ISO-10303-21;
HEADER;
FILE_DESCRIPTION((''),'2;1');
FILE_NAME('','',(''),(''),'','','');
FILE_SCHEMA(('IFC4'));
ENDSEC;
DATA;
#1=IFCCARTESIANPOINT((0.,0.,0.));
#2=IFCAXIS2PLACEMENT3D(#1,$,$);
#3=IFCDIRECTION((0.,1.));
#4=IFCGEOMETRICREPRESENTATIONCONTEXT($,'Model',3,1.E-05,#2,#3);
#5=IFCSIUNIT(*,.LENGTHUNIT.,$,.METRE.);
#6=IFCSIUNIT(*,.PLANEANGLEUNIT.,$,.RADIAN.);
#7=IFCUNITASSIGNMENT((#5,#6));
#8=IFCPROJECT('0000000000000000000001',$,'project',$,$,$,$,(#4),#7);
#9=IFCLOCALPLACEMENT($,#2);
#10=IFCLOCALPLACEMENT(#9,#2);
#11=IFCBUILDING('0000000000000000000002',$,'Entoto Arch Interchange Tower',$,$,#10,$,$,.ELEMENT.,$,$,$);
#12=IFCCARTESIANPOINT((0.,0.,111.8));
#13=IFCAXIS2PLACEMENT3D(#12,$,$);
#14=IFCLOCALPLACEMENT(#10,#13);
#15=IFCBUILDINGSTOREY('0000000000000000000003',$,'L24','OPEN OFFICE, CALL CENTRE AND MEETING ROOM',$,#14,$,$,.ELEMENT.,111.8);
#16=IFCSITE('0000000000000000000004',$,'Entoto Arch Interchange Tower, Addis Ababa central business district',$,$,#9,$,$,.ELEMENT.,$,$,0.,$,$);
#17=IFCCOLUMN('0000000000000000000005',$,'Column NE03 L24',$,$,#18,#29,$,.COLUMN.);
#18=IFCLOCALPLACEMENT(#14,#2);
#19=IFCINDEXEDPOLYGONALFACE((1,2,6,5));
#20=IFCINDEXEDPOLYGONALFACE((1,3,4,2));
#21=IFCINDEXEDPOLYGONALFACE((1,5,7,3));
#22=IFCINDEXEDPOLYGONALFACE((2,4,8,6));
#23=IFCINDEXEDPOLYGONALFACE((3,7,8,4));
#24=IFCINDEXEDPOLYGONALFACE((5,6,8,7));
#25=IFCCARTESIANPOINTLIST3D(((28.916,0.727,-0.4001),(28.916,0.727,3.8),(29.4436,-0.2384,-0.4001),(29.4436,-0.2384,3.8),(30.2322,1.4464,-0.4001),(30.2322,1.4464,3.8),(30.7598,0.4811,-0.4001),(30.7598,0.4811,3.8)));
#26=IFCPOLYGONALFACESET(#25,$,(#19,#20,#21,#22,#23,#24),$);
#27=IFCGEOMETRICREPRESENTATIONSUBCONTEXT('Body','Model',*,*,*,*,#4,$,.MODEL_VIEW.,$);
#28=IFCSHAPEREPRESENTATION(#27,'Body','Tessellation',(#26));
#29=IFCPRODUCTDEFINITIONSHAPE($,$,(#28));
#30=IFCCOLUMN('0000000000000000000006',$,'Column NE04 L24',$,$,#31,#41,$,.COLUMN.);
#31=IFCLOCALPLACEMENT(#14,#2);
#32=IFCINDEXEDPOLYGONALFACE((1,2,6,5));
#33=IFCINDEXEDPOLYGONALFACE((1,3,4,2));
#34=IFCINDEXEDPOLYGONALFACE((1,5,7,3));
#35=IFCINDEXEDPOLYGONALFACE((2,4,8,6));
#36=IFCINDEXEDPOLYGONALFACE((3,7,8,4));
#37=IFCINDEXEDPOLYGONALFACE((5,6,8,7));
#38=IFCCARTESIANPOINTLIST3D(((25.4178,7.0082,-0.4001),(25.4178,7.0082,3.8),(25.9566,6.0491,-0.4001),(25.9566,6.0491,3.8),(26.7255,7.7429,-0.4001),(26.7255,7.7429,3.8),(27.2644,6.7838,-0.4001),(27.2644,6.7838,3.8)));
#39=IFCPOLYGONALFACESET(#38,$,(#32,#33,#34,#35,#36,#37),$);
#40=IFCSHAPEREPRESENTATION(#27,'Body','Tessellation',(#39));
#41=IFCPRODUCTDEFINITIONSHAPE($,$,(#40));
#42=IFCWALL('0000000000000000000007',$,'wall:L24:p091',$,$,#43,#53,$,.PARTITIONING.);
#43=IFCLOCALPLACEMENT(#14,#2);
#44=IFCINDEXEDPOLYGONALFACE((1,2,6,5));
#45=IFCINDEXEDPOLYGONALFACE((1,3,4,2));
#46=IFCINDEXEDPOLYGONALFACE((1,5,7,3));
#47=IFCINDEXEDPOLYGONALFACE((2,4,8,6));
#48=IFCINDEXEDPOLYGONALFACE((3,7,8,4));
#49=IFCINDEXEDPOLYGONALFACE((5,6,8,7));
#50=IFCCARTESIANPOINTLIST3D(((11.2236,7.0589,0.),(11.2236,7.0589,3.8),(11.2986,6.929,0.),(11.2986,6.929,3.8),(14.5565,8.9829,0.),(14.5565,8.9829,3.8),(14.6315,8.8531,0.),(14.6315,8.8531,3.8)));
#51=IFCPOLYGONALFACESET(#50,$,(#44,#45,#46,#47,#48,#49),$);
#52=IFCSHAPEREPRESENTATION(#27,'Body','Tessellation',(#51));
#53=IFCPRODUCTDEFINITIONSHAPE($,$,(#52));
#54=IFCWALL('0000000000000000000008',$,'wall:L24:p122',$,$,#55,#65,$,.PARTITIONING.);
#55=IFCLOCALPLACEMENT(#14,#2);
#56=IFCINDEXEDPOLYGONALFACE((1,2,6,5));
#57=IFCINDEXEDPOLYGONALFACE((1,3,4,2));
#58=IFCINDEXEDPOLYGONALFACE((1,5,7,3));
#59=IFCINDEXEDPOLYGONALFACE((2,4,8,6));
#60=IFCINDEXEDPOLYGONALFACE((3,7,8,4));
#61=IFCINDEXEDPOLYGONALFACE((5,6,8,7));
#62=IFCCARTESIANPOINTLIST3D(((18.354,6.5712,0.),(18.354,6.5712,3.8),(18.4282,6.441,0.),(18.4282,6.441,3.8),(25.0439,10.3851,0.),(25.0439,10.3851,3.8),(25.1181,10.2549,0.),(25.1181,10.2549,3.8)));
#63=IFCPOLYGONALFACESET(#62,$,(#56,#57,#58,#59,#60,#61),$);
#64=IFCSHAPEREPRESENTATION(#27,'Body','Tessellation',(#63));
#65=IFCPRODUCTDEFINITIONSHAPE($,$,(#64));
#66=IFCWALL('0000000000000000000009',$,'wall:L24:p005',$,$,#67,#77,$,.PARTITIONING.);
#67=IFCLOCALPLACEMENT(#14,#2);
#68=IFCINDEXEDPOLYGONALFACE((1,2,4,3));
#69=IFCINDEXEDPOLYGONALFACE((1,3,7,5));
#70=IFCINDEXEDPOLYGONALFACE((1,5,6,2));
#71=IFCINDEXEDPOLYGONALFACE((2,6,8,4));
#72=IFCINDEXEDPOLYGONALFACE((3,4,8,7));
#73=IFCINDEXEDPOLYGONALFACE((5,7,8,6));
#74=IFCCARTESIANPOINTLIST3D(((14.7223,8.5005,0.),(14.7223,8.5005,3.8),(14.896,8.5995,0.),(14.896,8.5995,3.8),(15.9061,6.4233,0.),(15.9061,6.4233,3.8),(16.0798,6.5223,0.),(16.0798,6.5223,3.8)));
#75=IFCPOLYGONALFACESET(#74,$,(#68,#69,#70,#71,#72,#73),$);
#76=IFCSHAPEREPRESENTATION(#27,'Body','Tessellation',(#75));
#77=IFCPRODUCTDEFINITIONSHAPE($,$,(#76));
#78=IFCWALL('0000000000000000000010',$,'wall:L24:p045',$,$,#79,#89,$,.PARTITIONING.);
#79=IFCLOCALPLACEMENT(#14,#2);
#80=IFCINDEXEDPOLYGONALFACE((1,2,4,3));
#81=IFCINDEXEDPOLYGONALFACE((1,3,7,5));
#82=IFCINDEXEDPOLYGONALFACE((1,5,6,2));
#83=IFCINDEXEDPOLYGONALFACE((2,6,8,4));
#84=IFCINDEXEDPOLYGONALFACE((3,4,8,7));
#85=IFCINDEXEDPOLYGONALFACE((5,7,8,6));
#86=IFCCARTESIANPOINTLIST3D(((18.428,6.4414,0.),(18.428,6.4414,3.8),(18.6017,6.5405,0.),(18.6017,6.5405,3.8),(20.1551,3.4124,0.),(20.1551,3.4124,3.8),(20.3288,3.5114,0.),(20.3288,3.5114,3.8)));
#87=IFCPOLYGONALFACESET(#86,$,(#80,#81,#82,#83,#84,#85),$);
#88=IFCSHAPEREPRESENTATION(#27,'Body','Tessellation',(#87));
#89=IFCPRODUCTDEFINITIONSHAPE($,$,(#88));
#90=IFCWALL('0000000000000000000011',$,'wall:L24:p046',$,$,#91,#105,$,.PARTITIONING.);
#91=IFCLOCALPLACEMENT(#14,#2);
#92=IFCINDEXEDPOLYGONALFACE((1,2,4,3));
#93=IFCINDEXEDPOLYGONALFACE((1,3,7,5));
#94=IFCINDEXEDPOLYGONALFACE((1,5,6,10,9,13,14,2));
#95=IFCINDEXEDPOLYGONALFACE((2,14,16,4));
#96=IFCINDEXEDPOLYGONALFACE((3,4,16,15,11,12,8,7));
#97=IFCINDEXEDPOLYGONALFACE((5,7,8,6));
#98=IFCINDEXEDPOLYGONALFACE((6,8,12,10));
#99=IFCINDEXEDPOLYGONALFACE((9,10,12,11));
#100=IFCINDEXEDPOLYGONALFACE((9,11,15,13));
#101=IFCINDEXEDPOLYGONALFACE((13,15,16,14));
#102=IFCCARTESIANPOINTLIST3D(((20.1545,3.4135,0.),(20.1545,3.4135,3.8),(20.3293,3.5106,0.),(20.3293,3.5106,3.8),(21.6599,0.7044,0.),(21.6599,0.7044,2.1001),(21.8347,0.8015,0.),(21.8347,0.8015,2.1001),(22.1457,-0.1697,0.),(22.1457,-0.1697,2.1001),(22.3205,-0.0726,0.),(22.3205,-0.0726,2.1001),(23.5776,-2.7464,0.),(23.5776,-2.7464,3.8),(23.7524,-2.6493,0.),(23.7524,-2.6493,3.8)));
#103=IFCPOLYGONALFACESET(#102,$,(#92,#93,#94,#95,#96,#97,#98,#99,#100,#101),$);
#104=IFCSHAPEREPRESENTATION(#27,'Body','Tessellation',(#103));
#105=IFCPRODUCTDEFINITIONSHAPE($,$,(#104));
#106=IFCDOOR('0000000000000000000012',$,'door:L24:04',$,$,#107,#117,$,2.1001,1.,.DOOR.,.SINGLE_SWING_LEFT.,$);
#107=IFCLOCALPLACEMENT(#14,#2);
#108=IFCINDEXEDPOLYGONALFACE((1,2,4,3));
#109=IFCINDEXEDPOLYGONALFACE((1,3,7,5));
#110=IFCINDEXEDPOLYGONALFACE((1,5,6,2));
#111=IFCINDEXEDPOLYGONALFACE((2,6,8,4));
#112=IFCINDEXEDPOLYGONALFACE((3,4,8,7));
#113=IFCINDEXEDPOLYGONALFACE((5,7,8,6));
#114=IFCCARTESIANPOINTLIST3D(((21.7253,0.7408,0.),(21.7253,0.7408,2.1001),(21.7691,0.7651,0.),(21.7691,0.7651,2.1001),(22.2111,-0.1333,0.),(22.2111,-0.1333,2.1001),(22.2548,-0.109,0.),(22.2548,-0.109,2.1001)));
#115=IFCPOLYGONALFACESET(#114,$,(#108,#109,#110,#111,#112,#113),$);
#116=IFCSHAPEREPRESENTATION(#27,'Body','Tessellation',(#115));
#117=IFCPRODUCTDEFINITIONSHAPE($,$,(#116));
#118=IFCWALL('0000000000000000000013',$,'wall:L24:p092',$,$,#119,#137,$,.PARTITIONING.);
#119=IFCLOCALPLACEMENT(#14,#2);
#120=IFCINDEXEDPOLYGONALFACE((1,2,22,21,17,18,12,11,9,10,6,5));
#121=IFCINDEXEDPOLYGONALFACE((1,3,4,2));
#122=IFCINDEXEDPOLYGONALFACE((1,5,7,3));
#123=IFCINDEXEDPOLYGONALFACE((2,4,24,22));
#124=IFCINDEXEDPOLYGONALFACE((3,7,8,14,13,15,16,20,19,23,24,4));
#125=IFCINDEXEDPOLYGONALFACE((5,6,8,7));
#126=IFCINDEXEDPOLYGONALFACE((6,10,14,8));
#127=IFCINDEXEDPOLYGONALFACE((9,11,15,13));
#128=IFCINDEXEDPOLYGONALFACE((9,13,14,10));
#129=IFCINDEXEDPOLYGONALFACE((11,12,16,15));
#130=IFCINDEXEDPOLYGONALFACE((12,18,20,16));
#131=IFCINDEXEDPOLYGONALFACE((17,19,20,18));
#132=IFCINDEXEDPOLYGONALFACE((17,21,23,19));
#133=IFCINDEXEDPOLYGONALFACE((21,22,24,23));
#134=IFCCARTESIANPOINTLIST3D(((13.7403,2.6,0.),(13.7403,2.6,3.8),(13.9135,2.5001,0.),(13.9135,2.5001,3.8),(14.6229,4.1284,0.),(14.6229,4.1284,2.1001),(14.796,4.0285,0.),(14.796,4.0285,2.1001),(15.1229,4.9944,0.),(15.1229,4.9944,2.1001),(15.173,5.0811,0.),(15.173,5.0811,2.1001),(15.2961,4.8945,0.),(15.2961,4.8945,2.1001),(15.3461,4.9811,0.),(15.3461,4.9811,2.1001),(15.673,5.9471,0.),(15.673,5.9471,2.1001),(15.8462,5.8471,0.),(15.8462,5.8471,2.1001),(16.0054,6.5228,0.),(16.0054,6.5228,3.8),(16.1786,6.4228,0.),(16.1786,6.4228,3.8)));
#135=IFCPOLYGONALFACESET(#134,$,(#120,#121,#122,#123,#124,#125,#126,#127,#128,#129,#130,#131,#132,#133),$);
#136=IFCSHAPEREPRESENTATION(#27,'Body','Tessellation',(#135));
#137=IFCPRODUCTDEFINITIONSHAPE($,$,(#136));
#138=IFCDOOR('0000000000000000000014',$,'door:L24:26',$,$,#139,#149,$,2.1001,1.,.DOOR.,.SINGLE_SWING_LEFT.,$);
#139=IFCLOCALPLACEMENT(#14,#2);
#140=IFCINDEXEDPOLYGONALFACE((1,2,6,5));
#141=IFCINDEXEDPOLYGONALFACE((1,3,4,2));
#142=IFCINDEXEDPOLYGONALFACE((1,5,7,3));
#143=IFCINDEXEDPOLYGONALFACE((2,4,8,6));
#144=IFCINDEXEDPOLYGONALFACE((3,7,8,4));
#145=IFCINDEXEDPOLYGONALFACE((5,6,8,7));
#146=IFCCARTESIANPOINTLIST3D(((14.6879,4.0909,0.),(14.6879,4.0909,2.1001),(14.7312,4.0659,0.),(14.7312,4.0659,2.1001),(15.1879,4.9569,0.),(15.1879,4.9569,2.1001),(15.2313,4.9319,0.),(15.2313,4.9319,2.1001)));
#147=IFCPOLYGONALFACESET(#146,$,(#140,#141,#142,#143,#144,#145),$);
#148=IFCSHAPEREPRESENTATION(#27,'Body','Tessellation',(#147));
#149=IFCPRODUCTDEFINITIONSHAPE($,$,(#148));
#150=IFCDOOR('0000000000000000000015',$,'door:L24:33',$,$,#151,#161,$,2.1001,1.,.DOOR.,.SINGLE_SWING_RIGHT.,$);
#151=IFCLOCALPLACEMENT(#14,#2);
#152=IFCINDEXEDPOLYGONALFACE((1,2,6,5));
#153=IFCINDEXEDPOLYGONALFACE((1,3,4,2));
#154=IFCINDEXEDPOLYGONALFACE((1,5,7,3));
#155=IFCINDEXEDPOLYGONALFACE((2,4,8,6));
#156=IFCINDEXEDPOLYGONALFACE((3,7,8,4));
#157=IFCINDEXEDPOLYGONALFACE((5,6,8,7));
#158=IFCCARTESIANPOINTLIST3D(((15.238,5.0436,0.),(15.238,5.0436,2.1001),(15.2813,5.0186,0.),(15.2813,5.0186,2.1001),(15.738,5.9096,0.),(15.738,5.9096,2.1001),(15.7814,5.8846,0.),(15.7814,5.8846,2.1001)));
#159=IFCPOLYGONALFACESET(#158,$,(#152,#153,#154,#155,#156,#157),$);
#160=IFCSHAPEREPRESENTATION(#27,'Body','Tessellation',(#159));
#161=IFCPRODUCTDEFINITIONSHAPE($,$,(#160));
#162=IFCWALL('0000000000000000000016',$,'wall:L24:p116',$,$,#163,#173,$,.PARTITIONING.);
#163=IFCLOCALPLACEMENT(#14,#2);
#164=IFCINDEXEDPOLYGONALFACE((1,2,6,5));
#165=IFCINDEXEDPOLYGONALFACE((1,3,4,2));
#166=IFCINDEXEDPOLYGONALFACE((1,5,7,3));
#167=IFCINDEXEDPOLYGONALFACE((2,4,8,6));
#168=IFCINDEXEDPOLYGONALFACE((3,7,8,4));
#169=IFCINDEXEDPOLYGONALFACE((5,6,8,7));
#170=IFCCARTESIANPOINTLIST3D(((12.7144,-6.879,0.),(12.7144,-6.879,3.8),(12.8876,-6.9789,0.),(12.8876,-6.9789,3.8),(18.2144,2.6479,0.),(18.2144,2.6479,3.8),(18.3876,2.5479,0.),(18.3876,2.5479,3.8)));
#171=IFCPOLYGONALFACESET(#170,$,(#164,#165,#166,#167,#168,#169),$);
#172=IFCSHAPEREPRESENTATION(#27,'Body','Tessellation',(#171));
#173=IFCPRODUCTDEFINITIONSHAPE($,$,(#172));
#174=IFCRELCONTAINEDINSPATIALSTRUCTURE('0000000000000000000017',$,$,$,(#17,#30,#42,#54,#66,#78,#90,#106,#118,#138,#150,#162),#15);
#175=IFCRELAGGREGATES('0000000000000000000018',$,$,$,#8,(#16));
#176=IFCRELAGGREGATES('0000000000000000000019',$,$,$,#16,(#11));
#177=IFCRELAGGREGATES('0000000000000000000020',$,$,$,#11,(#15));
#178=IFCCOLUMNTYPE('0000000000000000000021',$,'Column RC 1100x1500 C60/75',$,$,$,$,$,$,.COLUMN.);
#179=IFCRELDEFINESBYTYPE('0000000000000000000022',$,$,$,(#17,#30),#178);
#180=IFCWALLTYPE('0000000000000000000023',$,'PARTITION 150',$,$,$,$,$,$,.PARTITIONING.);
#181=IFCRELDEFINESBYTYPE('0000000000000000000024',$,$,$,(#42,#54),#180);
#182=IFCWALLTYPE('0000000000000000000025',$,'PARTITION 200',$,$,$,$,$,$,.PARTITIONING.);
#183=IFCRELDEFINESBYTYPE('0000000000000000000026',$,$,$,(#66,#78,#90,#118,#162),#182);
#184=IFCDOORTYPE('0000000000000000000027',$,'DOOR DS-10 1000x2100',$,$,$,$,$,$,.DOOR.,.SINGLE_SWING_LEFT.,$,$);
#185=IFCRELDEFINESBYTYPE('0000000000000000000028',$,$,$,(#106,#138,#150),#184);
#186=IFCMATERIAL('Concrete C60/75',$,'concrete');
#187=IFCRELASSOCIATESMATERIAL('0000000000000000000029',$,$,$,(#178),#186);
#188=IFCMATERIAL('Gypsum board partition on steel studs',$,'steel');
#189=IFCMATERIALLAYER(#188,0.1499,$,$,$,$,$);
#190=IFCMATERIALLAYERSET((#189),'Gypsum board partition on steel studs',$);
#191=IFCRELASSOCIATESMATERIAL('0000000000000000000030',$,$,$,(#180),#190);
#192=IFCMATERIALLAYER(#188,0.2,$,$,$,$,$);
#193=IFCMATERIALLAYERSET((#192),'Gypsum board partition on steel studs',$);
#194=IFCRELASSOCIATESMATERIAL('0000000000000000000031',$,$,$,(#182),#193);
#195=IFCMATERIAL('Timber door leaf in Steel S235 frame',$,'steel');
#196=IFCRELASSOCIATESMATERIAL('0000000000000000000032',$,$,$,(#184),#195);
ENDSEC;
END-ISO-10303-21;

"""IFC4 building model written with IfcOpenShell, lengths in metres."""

from ifc_helpers import new_model, si_unit, direction, frame, frame_2d, origin, origin_2d, place, context, subcontext, project, spatial, rectangle, extrude, material, layer, layer_set, material_profile, profile_set, type_object, element, fill, save


model = new_model("IFC4")

# Units and contexts
model_context = context("Model", 3, precision=1e-05, world=origin(), true_north=direction((0.0, 1.0)))
body_context = subcontext(model_context, "Body", "Model", "MODEL_VIEW")
ifc_project = project(units=[si_unit("LENGTHUNIT", "METRE"), si_unit("PLANEANGLEUNIT", "RADIAN")], contexts=[model_context])

# Site, building, storey
site_placement = place(None, origin())
site = spatial("IfcSite", under=ifc_project, at=site_placement, Name="Entoto Arch Interchange Tower, Addis Ababa central business district", CompositionType="ELEMENT", RefElevation=0.0)
building_placement = place(site_placement, origin())
building = spatial("IfcBuilding", under=site, at=building_placement, Name="Entoto Arch Interchange Tower", CompositionType="ELEMENT")
storey_placement = place(building_placement, frame((0.0, 0.0, 111.8)))
storey = spatial("IfcBuildingStorey", under=building, at=storey_placement, Name="L24", Description="OPEN OFFICE, CALL CENTRE AND MEETING ROOM", CompositionType="ELEMENT", Elevation=111.8)

# Columns
ifc_material_1 = material(Name="Concrete C60/75", Category="concrete")
ifc_material_profile = material_profile(ifc_material_1, rectangle(XDim=1.1001, YDim=1.5, at=origin_2d()))
ifc_profile_set = profile_set([ifc_material_profile], Name="Concrete C60/75")
column_type = type_object("IfcColumnType", Name="Column RC 1100x1500 C60/75", PredefinedType="COLUMN", material=ifc_profile_set)
for number, where, z_axis, x_axis, name in (
    (1, (29.8379, 0.604, -0.4001), (0.0, 0.0, 1.0), (-0.479611, 0.877481, 0.0), "Column NE03 L24"),
    (2, (26.3411, 6.896, -0.4001), (0.0, 0.0, 1.0), (-0.489839, 0.871813, 0.0), "Column NE04 L24"),
):
    element("IfcColumn", number, at=place(storey_placement, frame(where, z_axis=z_axis, x_axis=x_axis)), inside=storey, type_object=column_type, Name=name, PredefinedType="COLUMN", context=body_context, shape_type="SweptSolid", body=[
        extrude(rectangle(XDim=1.1001, YDim=1.5, at=origin_2d()), origin(), (0.0, 0.0, 1.0), 4.2002),
    ])

# Walls
ifc_material_2 = material(Name="Gypsum board partition on steel studs", Category="steel")
ifc_layer_1 = layer(ifc_material_2, 0.1499)
ifc_layer_set_1 = layer_set([ifc_layer_1], Name="Gypsum board partition on steel studs")
wall_type_1 = type_object("IfcWallType", Name="PARTITION 150", PredefinedType="PARTITIONING", material=ifc_layer_set_1)
wall_1_placement = place(storey_placement, frame((11.261, 6.9939, 0.0), z_axis=(0.0, 0.0, 1.0), x_axis=(0.866052, 0.499953, 0.0)))
element("IfcWall", 3, at=wall_1_placement, inside=storey, type_object=wall_type_1, Name="wall:L24:p091", PredefinedType="PARTITIONING", context=body_context, shape_type="SweptSolid", body=[
    extrude(rectangle(XDim=3.8484, YDim=0.1499, at=frame_2d((1.9243, 0.0))), origin(), (0.0, 0.0, 1.0), 3.8),
])
wall_2_placement = place(storey_placement, frame((18.3911, 6.5061, 0.0), z_axis=(0.0, 0.0, 1.0), x_axis=(0.868738, 0.495271, 0.0)))
element("IfcWall", 4, at=wall_2_placement, inside=storey, type_object=wall_type_1, Name="wall:L24:p122", PredefinedType="PARTITIONING", context=body_context, shape_type="SweptSolid", body=[
    extrude(rectangle(XDim=7.7007, YDim=0.1499, at=frame_2d((3.8503, 0.0))), origin(), (0.0, 0.0, 1.0), 3.8),
])
ifc_layer_2 = layer(ifc_material_2, 0.2)
ifc_layer_set_2 = layer_set([ifc_layer_2], Name="Gypsum board partition on steel studs")
wall_type_2 = type_object("IfcWallType", Name="PARTITION 200", PredefinedType="PARTITIONING", material=ifc_layer_set_2)
wall_3_placement = place(storey_placement, frame((15.9929, 6.4729, 0.0), z_axis=(0.0, 0.0, 1.0), x_axis=(-0.49516, 0.868802, 0.0)))
element("IfcWall", 5, at=wall_3_placement, inside=storey, type_object=wall_type_2, Name="wall:L24:p005", PredefinedType="PARTITIONING", context=body_context, shape_type="SweptSolid", body=[
    extrude(rectangle(XDim=2.3909, YDim=0.2, at=frame_2d((1.1953, 0.0))), origin(), (0.0, 0.0, 1.0), 3.8),
])
wall_4_placement = place(storey_placement, frame((18.5149, 6.491, 0.0), z_axis=(0.0, 0.0, 1.0), x_axis=(0.495309, -0.868717, 0.0)))
element("IfcWall", 6, at=wall_4_placement, inside=storey, type_object=wall_type_2, Name="wall:L24:p045", PredefinedType="PARTITIONING", context=body_context, shape_type="SweptSolid", body=[
    extrude(rectangle(XDim=3.4868, YDim=0.2, at=frame_2d((1.7434, 0.0))), origin(), (0.0, 0.0, 1.0), 3.8),
])

# Wall, opening, door
wall_5_placement = place(storey_placement, frame((20.2419, 3.4619, 0.0), z_axis=(0.0, 0.0, 1.0), x_axis=(0.485743, -0.874102, 0.0)))
wall_5 = element("IfcWall", 7, at=wall_5_placement, inside=storey, type_object=wall_type_2, Name="wall:L24:p046", PredefinedType="PARTITIONING", context=body_context, shape_type="SweptSolid", body=[
    extrude(rectangle(XDim=7.0471, YDim=0.2, at=frame_2d((3.5234, 0.0))), origin(), (0.0, 0.0, 1.0), 3.8),
])
opening_1_placement = place(wall_5_placement, frame((3.0991, 0.0, 0.0)))
opening_1 = element("IfcOpeningElement", 8, at=opening_1_placement, cuts=wall_5, PredefinedType="OPENING", context=body_context, shape_type="SweptSolid", body=[
    extrude(rectangle(XDim=1.0, YDim=2.1001, at=frame_2d((0.5, 1.05))), frame((0.0, 0.1099, 0.0), z_axis=(0.0, -1.0, 0.0), x_axis=(1.0, 0.0, 0.0)), (0.0, 0.0, 1.0), 0.22),
])
ifc_material_3 = material(Name="Timber door leaf in Steel S235 frame", Category="steel")
door_type_1 = type_object("IfcDoorType", Name="DOOR DS-10 1000x2100", OperationType="SINGLE_SWING_LEFT", PredefinedType="DOOR", material=ifc_material_3)
door_1_placement = place(opening_1_placement, origin())
door_1 = element("IfcDoor", 9, at=door_1_placement, inside=storey, type_object=door_type_1, Name="door:L24:04", OperationType="SINGLE_SWING_LEFT", OverallHeight=2.1001, OverallWidth=1.0, PredefinedType="DOOR", context=body_context, shape_type="SweptSolid", body=[
    extrude(rectangle(XDim=1.0, YDim=2.1001, at=frame_2d((0.5, 1.05))), frame((0.0, 0.0249, 0.0), z_axis=(0.0, -1.0, 0.0), x_axis=(1.0, 0.0, 0.0)), (0.0, 0.0, 1.0), 0.05),
])
fill(opening_1, door_1)

# Wall, openings, doors
wall_6_placement = place(storey_placement, frame((13.8269, 2.55, 0.0), z_axis=(0.0, 0.0, 1.0), x_axis=(0.500046, 0.865999, 0.0)))
wall_6 = element("IfcWall", 10, at=wall_6_placement, inside=storey, type_object=wall_type_2, Name="wall:L24:p092", PredefinedType="PARTITIONING", context=body_context, shape_type="SweptSolid", body=[
    extrude(rectangle(XDim=4.5298, YDim=0.2, at=frame_2d((2.2649, 0.0))), origin(), (0.0, 0.0, 1.0), 3.8),
])
opening_2_placement = place(wall_6_placement, frame((1.7649, 0.0, 0.0)))
opening_2 = element("IfcOpeningElement", 11, at=opening_2_placement, cuts=wall_6, PredefinedType="OPENING", context=body_context, shape_type="SweptSolid", body=[
    extrude(rectangle(XDim=1.0, YDim=2.1001, at=frame_2d((0.5, 1.05))), frame((0.0, 0.1099, 0.0), z_axis=(0.0, -1.0, 0.0), x_axis=(1.0, 0.0, 0.0)), (0.0, 0.0, 1.0), 0.22),
])
opening_3_placement = place(wall_6_placement, frame((2.865, 0.0, 0.0)))
opening_3 = element("IfcOpeningElement", 12, at=opening_3_placement, cuts=wall_6, PredefinedType="OPENING", context=body_context, shape_type="SweptSolid", body=[
    extrude(rectangle(XDim=1.0, YDim=2.1001, at=frame_2d((0.5, 1.05))), frame((0.0, 0.1099, 0.0), z_axis=(0.0, -1.0, 0.0), x_axis=(1.0, 0.0, 0.0)), (0.0, 0.0, 1.0), 0.22),
])
door_2_placement = place(opening_2_placement, origin())
door_2 = element("IfcDoor", 13, at=door_2_placement, inside=storey, type_object=door_type_1, Name="door:L24:26", OperationType="SINGLE_SWING_LEFT", OverallHeight=2.1001, OverallWidth=1.0, PredefinedType="DOOR", context=body_context, shape_type="SweptSolid", body=[
    extrude(rectangle(XDim=1.0, YDim=2.1001, at=frame_2d((0.5, 1.05))), frame((0.0, 0.0249, 0.0), z_axis=(0.0, -1.0, 0.0), x_axis=(1.0, 0.0, 0.0)), (0.0, 0.0, 1.0), 0.05),
])
fill(opening_2, door_2)
door_3_placement = place(opening_3_placement, origin())
door_3 = element("IfcDoor", 14, at=door_3_placement, inside=storey, type_object=door_type_1, Name="door:L24:33", OperationType="SINGLE_SWING_RIGHT", OverallHeight=2.1001, OverallWidth=1.0, PredefinedType="DOOR", context=body_context, shape_type="SweptSolid", body=[
    extrude(rectangle(XDim=1.0, YDim=2.1001, at=frame_2d((0.5, 1.05))), frame((0.0, 0.0249, 0.0), z_axis=(0.0, -1.0, 0.0), x_axis=(1.0, 0.0, 0.0)), (0.0, 0.0, 1.0), 0.05),
])
fill(opening_3, door_3)

# Wall
wall_7_placement = place(storey_placement, frame((18.301, 2.5979, 0.0), z_axis=(0.0, 0.0, 1.0), x_axis=(-0.499977, -0.866038, 0.0)))
element("IfcWall", 15, at=wall_7_placement, inside=storey, type_object=wall_type_2, Name="wall:L24:p116", PredefinedType="PARTITIONING", context=body_context, shape_type="SweptSolid", body=[
    extrude(rectangle(XDim=11.0005, YDim=0.2, at=frame_2d((5.5002, 0.0))), origin(), (0.0, 0.0, 1.0), 3.8),
])

save(model, "model.ifc")
